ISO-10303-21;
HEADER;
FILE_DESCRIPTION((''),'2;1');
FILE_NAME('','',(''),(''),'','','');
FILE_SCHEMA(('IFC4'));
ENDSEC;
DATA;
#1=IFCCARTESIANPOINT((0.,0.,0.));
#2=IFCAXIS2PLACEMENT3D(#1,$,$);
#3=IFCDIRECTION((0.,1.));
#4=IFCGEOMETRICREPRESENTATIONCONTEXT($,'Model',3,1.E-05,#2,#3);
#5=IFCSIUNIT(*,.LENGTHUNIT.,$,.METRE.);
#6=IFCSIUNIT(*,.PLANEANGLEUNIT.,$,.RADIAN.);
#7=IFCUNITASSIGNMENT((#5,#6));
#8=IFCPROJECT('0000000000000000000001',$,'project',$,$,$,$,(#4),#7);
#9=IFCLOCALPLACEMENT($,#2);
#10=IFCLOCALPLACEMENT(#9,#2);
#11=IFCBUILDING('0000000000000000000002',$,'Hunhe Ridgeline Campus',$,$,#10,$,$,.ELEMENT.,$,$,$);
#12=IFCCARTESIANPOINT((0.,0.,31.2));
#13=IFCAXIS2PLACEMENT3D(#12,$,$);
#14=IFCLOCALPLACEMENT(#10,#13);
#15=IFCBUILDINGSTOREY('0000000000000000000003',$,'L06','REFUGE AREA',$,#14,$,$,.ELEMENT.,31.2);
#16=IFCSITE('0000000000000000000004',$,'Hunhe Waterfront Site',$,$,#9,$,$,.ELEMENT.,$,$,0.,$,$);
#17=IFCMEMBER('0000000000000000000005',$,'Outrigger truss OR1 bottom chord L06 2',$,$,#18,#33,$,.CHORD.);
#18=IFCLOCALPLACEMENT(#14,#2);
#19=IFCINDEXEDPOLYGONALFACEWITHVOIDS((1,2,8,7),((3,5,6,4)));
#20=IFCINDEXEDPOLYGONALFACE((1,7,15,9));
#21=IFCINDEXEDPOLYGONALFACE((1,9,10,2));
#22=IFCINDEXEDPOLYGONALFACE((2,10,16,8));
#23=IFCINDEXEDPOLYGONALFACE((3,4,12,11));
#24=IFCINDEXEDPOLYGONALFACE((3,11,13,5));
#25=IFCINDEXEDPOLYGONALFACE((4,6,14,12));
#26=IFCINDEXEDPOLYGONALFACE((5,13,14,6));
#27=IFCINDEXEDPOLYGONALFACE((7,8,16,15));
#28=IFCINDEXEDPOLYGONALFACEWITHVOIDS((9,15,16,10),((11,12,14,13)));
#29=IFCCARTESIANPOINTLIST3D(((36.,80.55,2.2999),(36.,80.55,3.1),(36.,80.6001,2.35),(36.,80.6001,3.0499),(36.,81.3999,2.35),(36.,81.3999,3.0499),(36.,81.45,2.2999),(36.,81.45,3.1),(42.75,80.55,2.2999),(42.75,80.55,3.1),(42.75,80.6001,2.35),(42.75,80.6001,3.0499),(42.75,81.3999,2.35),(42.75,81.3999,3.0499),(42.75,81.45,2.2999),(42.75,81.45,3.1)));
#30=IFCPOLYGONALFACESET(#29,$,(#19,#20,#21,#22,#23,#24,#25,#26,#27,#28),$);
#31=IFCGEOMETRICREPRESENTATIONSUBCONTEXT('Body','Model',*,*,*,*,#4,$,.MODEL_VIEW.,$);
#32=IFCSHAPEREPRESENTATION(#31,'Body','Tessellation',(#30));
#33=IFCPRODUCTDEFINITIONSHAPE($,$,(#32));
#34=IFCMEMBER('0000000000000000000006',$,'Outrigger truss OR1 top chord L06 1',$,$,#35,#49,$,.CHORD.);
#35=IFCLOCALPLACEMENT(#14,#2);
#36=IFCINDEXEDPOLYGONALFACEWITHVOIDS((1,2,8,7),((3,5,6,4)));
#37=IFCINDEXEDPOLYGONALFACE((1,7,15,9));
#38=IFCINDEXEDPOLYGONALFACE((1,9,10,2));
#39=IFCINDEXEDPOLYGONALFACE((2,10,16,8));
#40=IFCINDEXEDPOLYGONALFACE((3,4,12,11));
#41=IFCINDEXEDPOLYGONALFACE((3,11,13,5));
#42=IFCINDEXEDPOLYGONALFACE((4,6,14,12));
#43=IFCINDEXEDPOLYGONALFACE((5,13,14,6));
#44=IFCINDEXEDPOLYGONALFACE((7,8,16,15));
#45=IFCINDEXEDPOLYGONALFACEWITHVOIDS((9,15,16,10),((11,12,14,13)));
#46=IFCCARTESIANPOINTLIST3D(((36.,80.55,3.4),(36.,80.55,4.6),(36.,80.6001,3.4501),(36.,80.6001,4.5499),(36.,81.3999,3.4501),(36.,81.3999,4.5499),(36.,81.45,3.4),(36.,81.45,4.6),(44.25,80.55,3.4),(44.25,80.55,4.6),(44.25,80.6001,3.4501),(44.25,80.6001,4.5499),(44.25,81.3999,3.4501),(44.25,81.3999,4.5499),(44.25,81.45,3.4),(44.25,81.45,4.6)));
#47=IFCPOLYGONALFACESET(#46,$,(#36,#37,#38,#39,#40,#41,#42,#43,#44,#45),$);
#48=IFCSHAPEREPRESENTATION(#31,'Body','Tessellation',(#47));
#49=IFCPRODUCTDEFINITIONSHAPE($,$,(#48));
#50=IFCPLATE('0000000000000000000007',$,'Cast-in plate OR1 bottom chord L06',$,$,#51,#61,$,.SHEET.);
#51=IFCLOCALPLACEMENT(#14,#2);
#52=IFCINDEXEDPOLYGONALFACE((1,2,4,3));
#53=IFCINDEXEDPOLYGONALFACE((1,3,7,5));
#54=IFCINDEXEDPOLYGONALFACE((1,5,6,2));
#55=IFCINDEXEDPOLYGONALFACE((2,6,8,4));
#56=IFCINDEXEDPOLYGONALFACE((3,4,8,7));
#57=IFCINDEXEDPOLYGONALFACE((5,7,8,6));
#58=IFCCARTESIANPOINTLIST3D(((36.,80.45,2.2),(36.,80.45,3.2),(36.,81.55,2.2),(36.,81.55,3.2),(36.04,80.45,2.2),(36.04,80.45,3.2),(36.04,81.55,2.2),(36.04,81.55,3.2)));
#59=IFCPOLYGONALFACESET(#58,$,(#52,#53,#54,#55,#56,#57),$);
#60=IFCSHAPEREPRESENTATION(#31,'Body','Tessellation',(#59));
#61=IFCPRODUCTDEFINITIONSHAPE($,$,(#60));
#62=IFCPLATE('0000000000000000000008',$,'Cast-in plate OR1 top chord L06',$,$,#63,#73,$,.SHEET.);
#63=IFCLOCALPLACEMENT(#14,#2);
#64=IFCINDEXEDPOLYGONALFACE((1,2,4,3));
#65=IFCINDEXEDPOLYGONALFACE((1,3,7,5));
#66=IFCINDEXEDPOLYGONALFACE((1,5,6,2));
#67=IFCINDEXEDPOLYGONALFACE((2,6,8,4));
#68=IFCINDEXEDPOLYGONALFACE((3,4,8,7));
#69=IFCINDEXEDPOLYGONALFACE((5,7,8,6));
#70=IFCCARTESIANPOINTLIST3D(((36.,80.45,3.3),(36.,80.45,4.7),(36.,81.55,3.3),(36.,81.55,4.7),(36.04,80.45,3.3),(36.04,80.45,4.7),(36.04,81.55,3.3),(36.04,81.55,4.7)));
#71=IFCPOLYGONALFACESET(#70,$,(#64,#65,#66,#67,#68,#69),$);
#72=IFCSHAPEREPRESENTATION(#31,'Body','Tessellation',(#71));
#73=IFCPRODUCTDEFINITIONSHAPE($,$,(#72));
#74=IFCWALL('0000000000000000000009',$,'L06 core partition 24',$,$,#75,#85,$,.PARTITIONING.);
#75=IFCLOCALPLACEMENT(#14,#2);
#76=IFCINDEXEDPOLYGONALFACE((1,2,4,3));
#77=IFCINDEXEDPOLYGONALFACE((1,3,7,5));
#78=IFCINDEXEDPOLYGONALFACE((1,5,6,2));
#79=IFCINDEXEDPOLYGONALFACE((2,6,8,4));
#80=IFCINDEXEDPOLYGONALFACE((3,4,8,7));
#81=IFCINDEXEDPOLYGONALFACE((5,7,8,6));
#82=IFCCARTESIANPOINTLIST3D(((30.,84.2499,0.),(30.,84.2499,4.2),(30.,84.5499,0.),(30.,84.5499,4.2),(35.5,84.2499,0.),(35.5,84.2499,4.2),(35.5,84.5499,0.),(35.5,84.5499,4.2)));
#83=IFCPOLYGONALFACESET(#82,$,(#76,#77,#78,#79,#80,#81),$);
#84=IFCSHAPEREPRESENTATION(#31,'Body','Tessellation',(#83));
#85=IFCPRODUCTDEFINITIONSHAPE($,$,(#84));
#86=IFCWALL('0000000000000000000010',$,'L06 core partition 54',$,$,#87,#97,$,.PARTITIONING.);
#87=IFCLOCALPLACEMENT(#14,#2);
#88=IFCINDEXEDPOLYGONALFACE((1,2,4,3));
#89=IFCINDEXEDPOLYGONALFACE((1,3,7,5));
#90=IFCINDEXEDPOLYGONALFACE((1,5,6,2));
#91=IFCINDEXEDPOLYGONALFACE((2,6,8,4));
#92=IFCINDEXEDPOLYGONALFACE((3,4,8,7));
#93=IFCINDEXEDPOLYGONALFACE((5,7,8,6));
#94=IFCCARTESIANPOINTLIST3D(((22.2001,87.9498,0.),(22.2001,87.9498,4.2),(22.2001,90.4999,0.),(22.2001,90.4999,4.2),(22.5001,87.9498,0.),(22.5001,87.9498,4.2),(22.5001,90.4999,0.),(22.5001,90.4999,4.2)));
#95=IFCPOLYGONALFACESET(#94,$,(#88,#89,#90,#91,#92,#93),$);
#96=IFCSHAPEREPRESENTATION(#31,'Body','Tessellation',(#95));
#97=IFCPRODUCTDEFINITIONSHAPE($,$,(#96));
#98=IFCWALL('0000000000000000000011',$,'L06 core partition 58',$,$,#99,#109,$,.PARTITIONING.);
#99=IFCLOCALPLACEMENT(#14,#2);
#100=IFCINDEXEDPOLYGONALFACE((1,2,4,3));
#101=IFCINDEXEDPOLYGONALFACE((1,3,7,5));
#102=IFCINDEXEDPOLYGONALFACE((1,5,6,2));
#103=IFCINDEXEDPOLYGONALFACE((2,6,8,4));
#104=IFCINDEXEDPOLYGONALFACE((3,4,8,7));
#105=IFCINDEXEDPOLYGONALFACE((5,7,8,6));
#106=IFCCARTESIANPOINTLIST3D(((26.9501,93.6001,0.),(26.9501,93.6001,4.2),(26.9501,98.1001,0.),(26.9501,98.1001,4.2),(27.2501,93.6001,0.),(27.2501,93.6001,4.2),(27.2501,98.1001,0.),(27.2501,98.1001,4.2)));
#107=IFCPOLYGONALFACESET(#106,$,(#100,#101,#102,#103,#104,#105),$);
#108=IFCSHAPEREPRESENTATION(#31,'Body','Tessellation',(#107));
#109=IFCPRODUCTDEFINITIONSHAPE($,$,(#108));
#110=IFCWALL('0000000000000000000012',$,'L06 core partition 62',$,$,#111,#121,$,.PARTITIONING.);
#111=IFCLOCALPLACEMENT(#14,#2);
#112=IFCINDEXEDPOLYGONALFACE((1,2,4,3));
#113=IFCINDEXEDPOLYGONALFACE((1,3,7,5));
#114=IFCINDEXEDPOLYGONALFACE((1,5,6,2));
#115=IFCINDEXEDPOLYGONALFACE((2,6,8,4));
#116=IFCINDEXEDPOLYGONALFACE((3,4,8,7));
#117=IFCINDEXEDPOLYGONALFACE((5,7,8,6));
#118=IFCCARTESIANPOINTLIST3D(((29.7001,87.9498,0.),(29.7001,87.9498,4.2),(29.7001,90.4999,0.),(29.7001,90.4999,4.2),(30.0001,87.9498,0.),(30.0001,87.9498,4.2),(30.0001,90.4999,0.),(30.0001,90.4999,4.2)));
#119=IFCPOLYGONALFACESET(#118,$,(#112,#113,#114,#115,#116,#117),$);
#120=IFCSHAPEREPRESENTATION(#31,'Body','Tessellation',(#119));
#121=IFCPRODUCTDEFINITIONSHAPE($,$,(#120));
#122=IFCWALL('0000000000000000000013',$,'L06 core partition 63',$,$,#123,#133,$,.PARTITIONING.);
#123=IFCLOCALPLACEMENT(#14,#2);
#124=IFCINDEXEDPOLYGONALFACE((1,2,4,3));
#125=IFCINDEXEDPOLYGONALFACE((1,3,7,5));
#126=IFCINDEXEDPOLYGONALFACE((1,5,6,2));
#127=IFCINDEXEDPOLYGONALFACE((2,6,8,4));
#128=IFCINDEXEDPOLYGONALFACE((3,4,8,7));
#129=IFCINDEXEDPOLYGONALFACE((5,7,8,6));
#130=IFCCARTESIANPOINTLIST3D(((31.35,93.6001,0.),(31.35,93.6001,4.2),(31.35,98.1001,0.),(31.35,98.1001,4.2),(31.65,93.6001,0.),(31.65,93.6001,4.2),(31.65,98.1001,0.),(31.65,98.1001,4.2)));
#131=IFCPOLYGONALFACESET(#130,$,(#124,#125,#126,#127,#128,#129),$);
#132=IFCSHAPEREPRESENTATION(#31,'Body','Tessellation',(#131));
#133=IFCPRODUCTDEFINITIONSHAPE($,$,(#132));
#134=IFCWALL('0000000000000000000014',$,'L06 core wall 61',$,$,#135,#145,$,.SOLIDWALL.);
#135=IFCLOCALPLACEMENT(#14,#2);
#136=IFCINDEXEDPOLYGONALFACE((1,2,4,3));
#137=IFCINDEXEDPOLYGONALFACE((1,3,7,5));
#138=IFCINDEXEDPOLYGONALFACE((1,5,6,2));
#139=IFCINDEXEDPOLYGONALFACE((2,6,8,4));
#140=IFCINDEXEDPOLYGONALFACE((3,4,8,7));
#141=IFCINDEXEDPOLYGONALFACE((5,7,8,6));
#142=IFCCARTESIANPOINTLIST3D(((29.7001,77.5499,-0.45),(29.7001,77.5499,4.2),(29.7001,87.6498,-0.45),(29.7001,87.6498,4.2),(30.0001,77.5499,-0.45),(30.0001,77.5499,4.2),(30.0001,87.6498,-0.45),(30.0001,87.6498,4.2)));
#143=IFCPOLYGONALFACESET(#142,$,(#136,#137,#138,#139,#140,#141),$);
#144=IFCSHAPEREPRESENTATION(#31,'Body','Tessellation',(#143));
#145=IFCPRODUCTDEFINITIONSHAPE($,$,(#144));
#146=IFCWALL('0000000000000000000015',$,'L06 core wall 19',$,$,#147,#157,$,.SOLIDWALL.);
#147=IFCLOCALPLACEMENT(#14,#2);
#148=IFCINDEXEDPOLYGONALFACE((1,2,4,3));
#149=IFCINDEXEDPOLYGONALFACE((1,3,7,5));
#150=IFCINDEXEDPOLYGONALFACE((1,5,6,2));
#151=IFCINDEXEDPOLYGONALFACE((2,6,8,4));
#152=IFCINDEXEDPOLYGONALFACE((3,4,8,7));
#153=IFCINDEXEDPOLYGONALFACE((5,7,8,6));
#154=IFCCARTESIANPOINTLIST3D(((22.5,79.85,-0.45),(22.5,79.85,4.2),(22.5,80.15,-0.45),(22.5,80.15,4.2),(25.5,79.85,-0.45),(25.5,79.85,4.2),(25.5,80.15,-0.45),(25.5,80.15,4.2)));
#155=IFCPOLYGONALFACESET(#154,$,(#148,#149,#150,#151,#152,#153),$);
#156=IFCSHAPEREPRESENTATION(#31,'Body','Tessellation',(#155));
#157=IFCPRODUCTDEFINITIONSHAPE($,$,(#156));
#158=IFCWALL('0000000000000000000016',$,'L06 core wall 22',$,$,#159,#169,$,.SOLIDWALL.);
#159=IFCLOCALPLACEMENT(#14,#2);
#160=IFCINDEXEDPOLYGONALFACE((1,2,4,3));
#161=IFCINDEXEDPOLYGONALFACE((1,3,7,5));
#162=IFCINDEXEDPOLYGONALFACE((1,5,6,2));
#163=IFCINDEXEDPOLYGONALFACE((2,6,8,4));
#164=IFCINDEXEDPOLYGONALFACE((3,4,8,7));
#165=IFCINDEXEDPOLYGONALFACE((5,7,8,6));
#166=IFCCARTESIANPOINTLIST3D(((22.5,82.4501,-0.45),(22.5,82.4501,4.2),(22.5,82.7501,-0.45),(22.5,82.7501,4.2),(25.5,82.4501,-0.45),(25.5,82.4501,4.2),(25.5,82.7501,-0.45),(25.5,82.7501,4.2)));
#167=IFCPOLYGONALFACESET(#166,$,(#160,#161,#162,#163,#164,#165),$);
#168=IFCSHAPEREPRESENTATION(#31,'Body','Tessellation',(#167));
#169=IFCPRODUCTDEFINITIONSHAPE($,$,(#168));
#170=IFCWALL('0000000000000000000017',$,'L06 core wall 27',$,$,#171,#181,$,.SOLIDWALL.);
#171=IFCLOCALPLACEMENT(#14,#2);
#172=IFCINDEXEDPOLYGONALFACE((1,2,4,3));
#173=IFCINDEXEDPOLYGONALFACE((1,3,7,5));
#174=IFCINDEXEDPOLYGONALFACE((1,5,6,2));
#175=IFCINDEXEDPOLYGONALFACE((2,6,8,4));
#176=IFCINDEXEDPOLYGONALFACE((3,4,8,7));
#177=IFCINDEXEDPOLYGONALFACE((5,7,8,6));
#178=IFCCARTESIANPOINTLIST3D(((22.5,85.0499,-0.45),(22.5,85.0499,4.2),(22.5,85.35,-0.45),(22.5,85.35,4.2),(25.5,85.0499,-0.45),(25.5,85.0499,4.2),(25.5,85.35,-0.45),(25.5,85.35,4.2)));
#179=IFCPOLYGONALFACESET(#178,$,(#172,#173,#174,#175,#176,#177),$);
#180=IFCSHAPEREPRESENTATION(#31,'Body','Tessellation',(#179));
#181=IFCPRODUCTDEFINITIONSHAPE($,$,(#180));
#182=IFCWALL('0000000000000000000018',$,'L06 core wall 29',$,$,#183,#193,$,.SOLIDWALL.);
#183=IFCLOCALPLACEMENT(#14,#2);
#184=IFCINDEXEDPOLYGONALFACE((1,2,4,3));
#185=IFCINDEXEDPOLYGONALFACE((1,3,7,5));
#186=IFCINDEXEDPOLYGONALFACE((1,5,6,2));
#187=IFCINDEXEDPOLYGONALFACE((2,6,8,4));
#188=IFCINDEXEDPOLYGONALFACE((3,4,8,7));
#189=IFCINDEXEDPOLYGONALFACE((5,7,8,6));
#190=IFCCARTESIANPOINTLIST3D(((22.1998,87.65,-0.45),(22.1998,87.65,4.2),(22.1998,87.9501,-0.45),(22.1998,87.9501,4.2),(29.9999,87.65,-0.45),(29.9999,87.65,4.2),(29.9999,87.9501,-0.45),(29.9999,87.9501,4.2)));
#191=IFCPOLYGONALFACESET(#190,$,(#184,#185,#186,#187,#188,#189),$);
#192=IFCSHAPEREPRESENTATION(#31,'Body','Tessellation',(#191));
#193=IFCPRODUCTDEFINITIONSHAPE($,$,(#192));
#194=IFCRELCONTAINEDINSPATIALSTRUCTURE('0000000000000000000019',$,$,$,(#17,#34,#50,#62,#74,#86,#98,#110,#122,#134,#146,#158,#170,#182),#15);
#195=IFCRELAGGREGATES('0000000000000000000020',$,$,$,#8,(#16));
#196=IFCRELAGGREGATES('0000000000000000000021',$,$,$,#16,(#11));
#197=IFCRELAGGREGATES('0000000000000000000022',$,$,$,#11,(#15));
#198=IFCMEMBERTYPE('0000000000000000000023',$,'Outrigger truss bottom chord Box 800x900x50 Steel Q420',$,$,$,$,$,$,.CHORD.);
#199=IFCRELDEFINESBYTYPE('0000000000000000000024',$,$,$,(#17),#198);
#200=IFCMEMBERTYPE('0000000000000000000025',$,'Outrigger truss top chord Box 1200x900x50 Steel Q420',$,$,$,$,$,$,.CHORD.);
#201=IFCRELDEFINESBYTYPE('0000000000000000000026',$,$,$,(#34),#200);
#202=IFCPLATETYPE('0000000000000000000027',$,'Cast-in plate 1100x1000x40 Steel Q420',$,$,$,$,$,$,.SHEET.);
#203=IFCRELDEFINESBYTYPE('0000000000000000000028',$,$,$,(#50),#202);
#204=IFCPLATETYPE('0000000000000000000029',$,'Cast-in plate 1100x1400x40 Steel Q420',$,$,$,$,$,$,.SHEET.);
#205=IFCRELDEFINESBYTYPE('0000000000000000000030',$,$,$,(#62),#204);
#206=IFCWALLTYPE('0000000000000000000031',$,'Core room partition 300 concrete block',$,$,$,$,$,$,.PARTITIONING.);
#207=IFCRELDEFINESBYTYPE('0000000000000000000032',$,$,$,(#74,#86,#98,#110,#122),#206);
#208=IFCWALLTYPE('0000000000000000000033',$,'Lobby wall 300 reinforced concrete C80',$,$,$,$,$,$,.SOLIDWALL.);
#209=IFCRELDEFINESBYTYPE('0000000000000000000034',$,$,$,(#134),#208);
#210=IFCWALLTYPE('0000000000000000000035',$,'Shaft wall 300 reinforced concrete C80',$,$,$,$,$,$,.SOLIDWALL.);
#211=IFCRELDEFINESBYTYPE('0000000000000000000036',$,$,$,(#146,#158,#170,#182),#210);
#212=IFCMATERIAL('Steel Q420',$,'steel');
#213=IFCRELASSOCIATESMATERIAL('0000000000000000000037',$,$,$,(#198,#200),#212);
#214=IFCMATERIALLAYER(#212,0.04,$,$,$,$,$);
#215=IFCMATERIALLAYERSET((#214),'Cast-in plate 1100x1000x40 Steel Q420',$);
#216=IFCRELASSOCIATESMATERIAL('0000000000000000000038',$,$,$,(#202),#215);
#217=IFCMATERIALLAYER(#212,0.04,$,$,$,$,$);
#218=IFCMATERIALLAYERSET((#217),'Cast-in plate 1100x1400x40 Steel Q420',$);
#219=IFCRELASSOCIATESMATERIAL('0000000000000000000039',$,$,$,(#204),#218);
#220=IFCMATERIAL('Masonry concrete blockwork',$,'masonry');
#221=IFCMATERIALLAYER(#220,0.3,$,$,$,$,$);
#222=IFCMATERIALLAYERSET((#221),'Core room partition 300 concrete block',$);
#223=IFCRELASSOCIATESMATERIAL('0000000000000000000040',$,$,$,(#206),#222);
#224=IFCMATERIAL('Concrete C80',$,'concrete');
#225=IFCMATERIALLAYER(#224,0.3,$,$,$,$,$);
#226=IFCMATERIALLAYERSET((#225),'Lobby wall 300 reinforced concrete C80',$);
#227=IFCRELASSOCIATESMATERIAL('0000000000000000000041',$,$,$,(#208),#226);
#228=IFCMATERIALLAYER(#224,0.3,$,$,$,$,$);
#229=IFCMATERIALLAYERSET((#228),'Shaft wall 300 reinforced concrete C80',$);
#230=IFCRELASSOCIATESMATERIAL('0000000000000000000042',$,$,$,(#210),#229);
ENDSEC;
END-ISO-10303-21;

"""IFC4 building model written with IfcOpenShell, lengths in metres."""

from ifc_helpers import new_model, si_unit, direction, frame, frame_2d, origin, origin_2d, place, context, subcontext, project, spatial, rectangle, hollow_rectangle, extrude, material, layer, layer_set, material_profile, profile_set, type_object, element, save


model = new_model("IFC4")

# Units and contexts
model_context = context("Model", 3, precision=1e-05, world=origin(), true_north=direction((0.0, 1.0)))
body_context = subcontext(model_context, "Body", "Model", "MODEL_VIEW")
ifc_project = project(units=[si_unit("LENGTHUNIT", "METRE"), si_unit("PLANEANGLEUNIT", "RADIAN")], contexts=[model_context])

# Site, building, storey
site_placement = place(None, origin())
site = spatial("IfcSite", under=ifc_project, at=site_placement, Name="Hunhe Waterfront Site", CompositionType="ELEMENT", RefElevation=0.0)
building_placement = place(site_placement, origin())
building = spatial("IfcBuilding", under=site, at=building_placement, Name="Hunhe Ridgeline Campus", CompositionType="ELEMENT")
storey_placement = place(building_placement, frame((0.0, 0.0, 31.2)))
storey = spatial("IfcBuildingStorey", under=building, at=storey_placement, Name="L06", Description="REFUGE AREA", CompositionType="ELEMENT", Elevation=31.2)

# Members
ifc_material_1 = material(Name="Steel Q420", Category="steel")
ifc_material_profile_1 = material_profile(ifc_material_1, hollow_rectangle(XDim=0.8999, YDim=0.8, WallThickness=0.05, at=origin_2d()))
ifc_profile_set_1 = profile_set([ifc_material_profile_1], Name="Steel Q420")
member_type_1 = type_object("IfcMemberType", Name="Outrigger truss bottom chord Box 800x900x50 Steel Q420", PredefinedType="CHORD", material=ifc_profile_set_1)
member_1_placement = place(storey_placement, frame((36.0, 81.0, 2.7), z_axis=(1.0, 0.0, 0.0), x_axis=(0.0, 1.0, 0.0)))
element("IfcMember", 1, at=member_1_placement, inside=storey, type_object=member_type_1, Name="Outrigger truss OR1 bottom chord L06 2", PredefinedType="CHORD", context=body_context, shape_type="SweptSolid", body=[
    extrude(hollow_rectangle(XDim=0.8999, YDim=0.8, WallThickness=0.05, at=origin_2d()), origin(), (0.0, 0.0, 1.0), 6.75),
])
ifc_material_profile_2 = material_profile(ifc_material_1, hollow_rectangle(XDim=0.8999, YDim=1.2, WallThickness=0.05, at=origin_2d()))
ifc_profile_set_2 = profile_set([ifc_material_profile_2], Name="Steel Q420")
member_type_2 = type_object("IfcMemberType", Name="Outrigger truss top chord Box 1200x900x50 Steel Q420", PredefinedType="CHORD", material=ifc_profile_set_2)
member_2_placement = place(storey_placement, frame((36.0, 81.0, 4.0), z_axis=(1.0, 0.0, 0.0), x_axis=(0.0, 1.0, 0.0)))
element("IfcMember", 2, at=member_2_placement, inside=storey, type_object=member_type_2, Name="Outrigger truss OR1 top chord L06 1", PredefinedType="CHORD", context=body_context, shape_type="SweptSolid", body=[
    extrude(hollow_rectangle(XDim=0.8999, YDim=1.2, WallThickness=0.05, at=origin_2d()), origin(), (0.0, 0.0, 1.0), 8.25),
])

# Plates
ifc_layer_1 = layer(ifc_material_1, 0.04)
ifc_layer_set_1 = layer_set([ifc_layer_1], Name="Cast-in plate 1100x1000x40 Steel Q420")
plate_type_1 = type_object("IfcPlateType", Name="Cast-in plate 1100x1000x40 Steel Q420", PredefinedType="SHEET", material=ifc_layer_set_1)
plate_1_placement = place(storey_placement, frame((36.02, 81.0, 2.2), z_axis=(0.0, 0.0, 1.0), x_axis=(1.0, 0.0, 0.0)))
element("IfcPlate", 3, at=plate_1_placement, inside=storey, type_object=plate_type_1, Name="Cast-in plate OR1 bottom chord L06", PredefinedType="SHEET", context=body_context, shape_type="SweptSolid", body=[
    extrude(rectangle(XDim=0.04, YDim=1.1001, at=origin_2d()), origin(), (0.0, 0.0, 1.0), 1.0),
])
ifc_layer_2 = layer(ifc_material_1, 0.04)
ifc_layer_set_2 = layer_set([ifc_layer_2], Name="Cast-in plate 1100x1400x40 Steel Q420")
plate_type_2 = type_object("IfcPlateType", Name="Cast-in plate 1100x1400x40 Steel Q420", PredefinedType="SHEET", material=ifc_layer_set_2)
plate_2_placement = place(storey_placement, frame((36.02, 81.0, 3.3), z_axis=(0.0, 0.0, 1.0), x_axis=(1.0, 0.0, 0.0)))
element("IfcPlate", 4, at=plate_2_placement, inside=storey, type_object=plate_type_2, Name="Cast-in plate OR1 top chord L06", PredefinedType="SHEET", context=body_context, shape_type="SweptSolid", body=[
    extrude(rectangle(XDim=0.04, YDim=1.1001, at=origin_2d()), origin(), (0.0, 0.0, 1.0), 1.3999),
])

# Walls
ifc_material_2 = material(Name="Masonry concrete blockwork", Category="masonry")
ifc_layer_3 = layer(ifc_material_2, 0.3)
ifc_layer_set_3 = layer_set([ifc_layer_3], Name="Core room partition 300 concrete block")
wall_type_1 = type_object("IfcWallType", Name="Core room partition 300 concrete block", PredefinedType="PARTITIONING", material=ifc_layer_set_3)
wall_1_placement = place(storey_placement, frame((30.0, 84.3999, 0.0), z_axis=(0.0, 0.0, 1.0), x_axis=(1.0, 0.0, 0.0)))
element("IfcWall", 5, at=wall_1_placement, inside=storey, type_object=wall_type_1, Name="L06 core partition 24", PredefinedType="PARTITIONING", context=body_context, shape_type="SweptSolid", body=[
    extrude(rectangle(XDim=5.5, YDim=0.3, at=frame_2d((2.75, 0.0))), origin(), (0.0, 0.0, 1.0), 4.2),
])
wall_2_placement = place(storey_placement, frame((22.3501, 87.95, 0.0), z_axis=(0.0, 0.0, 1.0), x_axis=(0.0, 1.0, 0.0)))
element("IfcWall", 6, at=wall_2_placement, inside=storey, type_object=wall_type_1, Name="L06 core partition 54", PredefinedType="PARTITIONING", context=body_context, shape_type="SweptSolid", body=[
    extrude(rectangle(XDim=2.55, YDim=0.3, at=frame_2d((1.2749, 0.0))), origin(), (0.0, 0.0, 1.0), 4.2),
])
wall_3_placement = place(storey_placement, frame((27.1001, 93.6001, 0.0), z_axis=(0.0, 0.0, 1.0), x_axis=(0.0, 1.0, 0.0)))
element("IfcWall", 7, at=wall_3_placement, inside=storey, type_object=wall_type_1, Name="L06 core partition 58", PredefinedType="PARTITIONING", context=body_context, shape_type="SweptSolid", body=[
    extrude(rectangle(XDim=4.5, YDim=0.3, at=frame_2d((2.25, 0.0))), origin(), (0.0, 0.0, 1.0), 4.2),
])
wall_4_placement = place(storey_placement, frame((29.8501, 87.95, 0.0), z_axis=(0.0, 0.0, 1.0), x_axis=(0.0, 1.0, 0.0)))
element("IfcWall", 8, at=wall_4_placement, inside=storey, type_object=wall_type_1, Name="L06 core partition 62", PredefinedType="PARTITIONING", context=body_context, shape_type="SweptSolid", body=[
    extrude(rectangle(XDim=2.55, YDim=0.3, at=frame_2d((1.2749, 0.0))), origin(), (0.0, 0.0, 1.0), 4.2),
])
wall_5_placement = place(storey_placement, frame((31.5, 93.6001, 0.0), z_axis=(0.0, 0.0, 1.0), x_axis=(0.0, 1.0, 0.0)))
element("IfcWall", 9, at=wall_5_placement, inside=storey, type_object=wall_type_1, Name="L06 core partition 63", PredefinedType="PARTITIONING", context=body_context, shape_type="SweptSolid", body=[
    extrude(rectangle(XDim=4.5, YDim=0.3, at=frame_2d((2.25, 0.0))), origin(), (0.0, 0.0, 1.0), 4.2),
])
ifc_material_3 = material(Name="Concrete C80", Category="concrete")
ifc_layer_4 = layer(ifc_material_3, 0.3)
ifc_layer_set_4 = layer_set([ifc_layer_4], Name="Lobby wall 300 reinforced concrete C80")
wall_type_2 = type_object("IfcWallType", Name="Lobby wall 300 reinforced concrete C80", PredefinedType="SOLIDWALL", material=ifc_layer_set_4)
wall_6_placement = place(storey_placement, frame((29.8501, 77.55, -0.45), z_axis=(0.0, 0.0, 1.0), x_axis=(0.0, 1.0, 0.0)))
element("IfcWall", 10, at=wall_6_placement, inside=storey, type_object=wall_type_2, Name="L06 core wall 61", PredefinedType="SOLIDWALL", context=body_context, shape_type="SweptSolid", body=[
    extrude(rectangle(XDim=10.0999, YDim=0.3, at=frame_2d((5.0498, 0.0))), origin(), (0.0, 0.0, 1.0), 4.6499),
])
ifc_layer_5 = layer(ifc_material_3, 0.3)
ifc_layer_set_5 = layer_set([ifc_layer_5], Name="Shaft wall 300 reinforced concrete C80")
wall_type_3 = type_object("IfcWallType", Name="Shaft wall 300 reinforced concrete C80", PredefinedType="SOLIDWALL", material=ifc_layer_set_5)
for number, where, z_axis, x_axis, name in (
    (11, (22.5, 80.0, -0.45), (0.0, 0.0, 1.0), (1.0, 0.0, 0.0), "L06 core wall 19"),
    (12, (22.5, 82.6001, -0.45), (0.0, 0.0, 1.0), (1.0, 0.0, 0.0), "L06 core wall 22"),
    (13, (22.5, 85.2, -0.45), (0.0, 0.0, 1.0), (1.0, 0.0, 0.0), "L06 core wall 27"),
):
    element("IfcWall", number, at=place(storey_placement, frame(where, z_axis=z_axis, x_axis=x_axis)), inside=storey, type_object=wall_type_3, Name=name, PredefinedType="SOLIDWALL", context=body_context, shape_type="SweptSolid", body=[
        extrude(rectangle(XDim=3.0, YDim=0.3, at=frame_2d((1.5, 0.0))), origin(), (0.0, 0.0, 1.0), 4.6499),
    ])
wall_7_placement = place(storey_placement, frame((22.2, 87.8, -0.45), z_axis=(0.0, 0.0, 1.0), x_axis=(1.0, 0.0, 0.0)))
element("IfcWall", 14, at=wall_7_placement, inside=storey, type_object=wall_type_3, Name="L06 core wall 29", PredefinedType="SOLIDWALL", context=body_context, shape_type="SweptSolid", body=[
    extrude(rectangle(XDim=7.8, YDim=0.3, at=frame_2d((3.8999, 0.0))), origin(), (0.0, 0.0, 1.0), 4.6499),
])

save(model, "model.ifc")
